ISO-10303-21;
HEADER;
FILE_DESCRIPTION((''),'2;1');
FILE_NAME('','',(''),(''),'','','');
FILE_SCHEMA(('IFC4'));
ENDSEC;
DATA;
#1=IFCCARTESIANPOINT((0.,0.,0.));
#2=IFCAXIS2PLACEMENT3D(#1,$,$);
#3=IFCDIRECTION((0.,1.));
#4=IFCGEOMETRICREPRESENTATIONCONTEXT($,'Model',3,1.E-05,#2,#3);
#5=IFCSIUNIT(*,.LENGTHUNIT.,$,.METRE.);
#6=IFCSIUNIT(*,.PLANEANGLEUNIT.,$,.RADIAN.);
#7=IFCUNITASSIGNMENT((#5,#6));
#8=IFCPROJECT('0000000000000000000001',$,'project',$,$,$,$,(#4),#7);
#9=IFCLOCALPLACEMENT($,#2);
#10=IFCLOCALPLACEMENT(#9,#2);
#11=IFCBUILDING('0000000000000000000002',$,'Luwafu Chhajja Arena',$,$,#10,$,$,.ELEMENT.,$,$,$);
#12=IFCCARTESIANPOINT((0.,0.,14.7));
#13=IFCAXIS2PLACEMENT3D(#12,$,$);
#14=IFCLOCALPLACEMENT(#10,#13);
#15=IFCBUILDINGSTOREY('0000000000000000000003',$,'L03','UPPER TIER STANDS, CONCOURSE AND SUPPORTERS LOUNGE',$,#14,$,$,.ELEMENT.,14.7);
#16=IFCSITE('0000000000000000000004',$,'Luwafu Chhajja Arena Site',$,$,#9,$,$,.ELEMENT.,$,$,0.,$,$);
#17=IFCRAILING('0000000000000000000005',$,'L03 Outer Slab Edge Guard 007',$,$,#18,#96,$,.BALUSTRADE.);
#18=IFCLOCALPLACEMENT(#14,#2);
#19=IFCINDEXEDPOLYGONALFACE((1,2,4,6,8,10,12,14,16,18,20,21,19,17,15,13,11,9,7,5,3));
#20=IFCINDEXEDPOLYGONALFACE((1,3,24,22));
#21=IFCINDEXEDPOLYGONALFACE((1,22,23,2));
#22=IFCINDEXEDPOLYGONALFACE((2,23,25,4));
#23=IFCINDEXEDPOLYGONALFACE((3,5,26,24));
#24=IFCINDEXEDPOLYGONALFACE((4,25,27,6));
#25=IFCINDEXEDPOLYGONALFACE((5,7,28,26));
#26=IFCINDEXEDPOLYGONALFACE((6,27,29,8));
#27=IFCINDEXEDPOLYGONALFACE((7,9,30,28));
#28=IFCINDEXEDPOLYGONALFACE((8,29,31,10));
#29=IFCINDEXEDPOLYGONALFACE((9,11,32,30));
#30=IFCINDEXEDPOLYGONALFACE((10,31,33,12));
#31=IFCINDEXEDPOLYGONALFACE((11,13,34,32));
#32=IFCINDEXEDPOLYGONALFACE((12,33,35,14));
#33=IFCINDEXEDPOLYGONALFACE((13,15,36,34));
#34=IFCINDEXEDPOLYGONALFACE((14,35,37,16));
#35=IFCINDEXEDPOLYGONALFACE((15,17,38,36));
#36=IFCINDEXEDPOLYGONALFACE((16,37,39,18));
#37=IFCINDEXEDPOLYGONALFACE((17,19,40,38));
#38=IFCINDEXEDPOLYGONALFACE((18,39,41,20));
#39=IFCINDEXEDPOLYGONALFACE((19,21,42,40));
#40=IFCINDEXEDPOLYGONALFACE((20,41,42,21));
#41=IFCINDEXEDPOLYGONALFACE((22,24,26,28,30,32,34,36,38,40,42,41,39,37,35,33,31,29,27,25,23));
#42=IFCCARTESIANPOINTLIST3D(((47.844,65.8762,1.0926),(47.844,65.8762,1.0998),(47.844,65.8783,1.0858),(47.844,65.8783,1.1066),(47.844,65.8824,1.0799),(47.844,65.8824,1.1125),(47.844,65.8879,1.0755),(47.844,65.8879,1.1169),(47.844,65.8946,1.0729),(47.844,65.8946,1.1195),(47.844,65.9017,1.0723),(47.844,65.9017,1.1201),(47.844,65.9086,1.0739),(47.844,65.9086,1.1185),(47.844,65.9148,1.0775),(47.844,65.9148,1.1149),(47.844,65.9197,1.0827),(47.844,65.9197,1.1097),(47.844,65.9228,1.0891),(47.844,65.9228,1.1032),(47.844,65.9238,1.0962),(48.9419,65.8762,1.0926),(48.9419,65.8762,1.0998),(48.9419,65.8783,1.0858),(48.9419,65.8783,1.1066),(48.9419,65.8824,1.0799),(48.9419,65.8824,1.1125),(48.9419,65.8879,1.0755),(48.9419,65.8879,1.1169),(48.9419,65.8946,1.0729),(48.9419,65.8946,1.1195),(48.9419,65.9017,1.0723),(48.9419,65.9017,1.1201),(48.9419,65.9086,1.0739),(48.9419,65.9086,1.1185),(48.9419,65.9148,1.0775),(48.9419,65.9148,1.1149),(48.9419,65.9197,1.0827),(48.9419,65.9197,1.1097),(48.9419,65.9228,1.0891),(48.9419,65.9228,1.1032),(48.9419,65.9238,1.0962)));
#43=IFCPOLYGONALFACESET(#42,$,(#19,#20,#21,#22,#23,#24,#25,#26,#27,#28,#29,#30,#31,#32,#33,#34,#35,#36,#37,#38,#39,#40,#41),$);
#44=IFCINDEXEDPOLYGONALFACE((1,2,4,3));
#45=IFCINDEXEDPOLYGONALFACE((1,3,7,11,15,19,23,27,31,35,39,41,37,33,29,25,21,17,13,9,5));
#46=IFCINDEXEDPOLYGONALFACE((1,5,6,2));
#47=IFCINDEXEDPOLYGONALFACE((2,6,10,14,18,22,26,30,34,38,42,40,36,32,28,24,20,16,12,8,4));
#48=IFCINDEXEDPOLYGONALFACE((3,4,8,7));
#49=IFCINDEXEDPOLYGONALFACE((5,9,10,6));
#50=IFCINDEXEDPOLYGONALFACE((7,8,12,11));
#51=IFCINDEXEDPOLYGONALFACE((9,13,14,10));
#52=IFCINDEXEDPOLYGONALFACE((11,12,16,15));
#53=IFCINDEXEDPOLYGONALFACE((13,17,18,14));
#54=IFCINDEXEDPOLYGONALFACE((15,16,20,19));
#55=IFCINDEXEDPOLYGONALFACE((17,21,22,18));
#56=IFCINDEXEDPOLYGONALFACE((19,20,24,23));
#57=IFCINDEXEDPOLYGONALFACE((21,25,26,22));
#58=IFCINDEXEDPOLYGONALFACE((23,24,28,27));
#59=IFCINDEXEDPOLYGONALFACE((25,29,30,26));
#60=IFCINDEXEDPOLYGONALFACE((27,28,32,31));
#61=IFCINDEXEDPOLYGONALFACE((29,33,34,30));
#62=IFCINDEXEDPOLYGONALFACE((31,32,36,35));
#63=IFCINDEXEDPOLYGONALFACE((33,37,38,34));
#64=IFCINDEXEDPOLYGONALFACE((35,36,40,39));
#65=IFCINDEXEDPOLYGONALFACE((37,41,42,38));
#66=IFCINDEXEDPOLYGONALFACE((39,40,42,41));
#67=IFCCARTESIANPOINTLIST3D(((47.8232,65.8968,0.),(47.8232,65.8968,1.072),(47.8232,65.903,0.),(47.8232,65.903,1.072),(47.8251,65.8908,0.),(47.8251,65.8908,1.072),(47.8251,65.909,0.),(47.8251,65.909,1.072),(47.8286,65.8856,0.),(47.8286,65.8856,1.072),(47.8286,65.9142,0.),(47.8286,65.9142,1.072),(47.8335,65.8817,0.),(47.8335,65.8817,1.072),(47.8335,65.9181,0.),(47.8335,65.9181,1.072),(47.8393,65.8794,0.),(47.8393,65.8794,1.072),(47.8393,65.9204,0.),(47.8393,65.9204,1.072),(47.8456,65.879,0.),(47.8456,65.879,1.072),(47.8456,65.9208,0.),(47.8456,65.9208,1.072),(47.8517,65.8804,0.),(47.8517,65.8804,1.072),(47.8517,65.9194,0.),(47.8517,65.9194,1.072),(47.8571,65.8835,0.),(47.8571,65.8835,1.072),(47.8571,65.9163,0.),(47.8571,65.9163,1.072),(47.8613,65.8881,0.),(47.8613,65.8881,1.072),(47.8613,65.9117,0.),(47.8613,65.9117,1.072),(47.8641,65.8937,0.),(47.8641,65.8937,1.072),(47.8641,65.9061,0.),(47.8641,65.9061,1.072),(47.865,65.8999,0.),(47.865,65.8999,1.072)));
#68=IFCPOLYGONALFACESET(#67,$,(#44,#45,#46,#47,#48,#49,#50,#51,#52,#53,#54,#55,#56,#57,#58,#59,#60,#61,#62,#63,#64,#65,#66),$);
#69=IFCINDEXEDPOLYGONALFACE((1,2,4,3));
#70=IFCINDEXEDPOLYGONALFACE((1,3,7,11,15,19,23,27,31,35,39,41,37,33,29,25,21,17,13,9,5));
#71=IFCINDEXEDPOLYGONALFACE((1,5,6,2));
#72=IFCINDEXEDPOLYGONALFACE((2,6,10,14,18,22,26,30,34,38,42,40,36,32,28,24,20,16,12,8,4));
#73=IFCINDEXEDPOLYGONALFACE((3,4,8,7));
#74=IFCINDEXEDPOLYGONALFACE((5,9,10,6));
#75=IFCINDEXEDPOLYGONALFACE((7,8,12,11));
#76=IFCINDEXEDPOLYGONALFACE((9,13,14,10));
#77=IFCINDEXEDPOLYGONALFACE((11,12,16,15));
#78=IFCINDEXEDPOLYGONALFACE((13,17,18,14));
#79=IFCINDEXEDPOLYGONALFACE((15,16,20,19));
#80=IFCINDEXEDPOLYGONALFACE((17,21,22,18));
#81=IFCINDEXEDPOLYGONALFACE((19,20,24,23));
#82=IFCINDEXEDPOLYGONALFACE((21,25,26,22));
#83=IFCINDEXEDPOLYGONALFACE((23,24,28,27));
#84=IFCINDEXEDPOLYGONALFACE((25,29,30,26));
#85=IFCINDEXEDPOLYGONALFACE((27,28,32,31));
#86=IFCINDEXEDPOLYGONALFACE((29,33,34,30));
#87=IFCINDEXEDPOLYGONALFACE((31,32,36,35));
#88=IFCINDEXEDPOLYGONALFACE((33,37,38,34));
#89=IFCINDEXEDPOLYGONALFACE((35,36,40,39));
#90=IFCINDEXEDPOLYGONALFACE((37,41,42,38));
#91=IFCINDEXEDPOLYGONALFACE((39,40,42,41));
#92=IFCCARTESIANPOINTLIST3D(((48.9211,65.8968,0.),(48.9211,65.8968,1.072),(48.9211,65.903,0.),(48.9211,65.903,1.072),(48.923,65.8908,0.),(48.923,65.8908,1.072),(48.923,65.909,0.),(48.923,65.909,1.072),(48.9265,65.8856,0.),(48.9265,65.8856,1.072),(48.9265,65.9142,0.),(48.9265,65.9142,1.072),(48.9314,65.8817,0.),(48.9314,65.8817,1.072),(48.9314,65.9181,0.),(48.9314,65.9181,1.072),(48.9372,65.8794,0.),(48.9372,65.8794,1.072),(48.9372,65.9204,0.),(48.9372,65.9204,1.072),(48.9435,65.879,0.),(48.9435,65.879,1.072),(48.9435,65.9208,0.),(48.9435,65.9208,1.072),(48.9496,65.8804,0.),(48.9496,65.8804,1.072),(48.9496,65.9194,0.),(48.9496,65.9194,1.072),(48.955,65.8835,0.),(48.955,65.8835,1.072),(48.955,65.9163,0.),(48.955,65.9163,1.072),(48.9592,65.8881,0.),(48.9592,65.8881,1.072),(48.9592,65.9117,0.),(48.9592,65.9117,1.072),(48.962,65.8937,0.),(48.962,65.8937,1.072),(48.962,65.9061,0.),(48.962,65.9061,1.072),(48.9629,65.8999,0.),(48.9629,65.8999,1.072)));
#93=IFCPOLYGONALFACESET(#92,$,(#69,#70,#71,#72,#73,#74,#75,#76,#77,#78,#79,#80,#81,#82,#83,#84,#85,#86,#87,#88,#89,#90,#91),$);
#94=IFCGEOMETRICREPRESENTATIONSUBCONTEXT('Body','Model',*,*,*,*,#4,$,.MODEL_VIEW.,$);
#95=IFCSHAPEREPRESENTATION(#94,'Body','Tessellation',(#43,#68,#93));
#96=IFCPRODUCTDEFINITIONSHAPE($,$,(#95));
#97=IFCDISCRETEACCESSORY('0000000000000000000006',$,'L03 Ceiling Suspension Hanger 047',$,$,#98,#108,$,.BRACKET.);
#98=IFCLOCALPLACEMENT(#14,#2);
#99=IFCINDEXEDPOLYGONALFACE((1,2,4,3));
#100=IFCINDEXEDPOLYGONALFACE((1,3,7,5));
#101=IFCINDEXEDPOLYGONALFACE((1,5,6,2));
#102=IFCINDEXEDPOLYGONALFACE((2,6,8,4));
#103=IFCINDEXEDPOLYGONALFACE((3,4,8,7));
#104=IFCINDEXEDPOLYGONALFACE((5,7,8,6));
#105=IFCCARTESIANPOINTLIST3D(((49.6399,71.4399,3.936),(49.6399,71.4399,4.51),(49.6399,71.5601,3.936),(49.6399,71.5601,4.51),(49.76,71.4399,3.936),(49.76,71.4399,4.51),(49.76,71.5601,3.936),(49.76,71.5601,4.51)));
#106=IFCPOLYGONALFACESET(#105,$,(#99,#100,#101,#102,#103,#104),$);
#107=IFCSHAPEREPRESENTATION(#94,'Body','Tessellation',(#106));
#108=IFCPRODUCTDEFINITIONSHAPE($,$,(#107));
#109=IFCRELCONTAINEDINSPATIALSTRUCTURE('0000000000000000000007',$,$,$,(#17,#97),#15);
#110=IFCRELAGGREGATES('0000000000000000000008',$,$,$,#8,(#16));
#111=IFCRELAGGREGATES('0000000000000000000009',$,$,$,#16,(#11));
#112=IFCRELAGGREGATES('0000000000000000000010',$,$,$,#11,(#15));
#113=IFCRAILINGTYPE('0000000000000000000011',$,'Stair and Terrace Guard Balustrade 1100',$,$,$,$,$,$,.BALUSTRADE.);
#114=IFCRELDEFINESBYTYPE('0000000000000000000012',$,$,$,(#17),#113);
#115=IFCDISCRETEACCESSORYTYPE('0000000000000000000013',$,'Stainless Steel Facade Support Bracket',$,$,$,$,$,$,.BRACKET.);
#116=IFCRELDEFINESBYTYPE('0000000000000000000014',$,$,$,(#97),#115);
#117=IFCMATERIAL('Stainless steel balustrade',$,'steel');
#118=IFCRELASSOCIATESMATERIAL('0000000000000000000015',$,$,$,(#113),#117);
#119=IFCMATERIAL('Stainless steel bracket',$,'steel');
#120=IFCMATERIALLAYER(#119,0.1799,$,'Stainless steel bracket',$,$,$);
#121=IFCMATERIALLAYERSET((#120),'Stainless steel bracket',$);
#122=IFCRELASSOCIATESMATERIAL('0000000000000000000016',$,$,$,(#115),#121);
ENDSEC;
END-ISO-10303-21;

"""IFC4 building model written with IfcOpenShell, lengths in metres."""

from ifc_helpers import new_model, si_unit, direction, frame, origin, origin_2d, place, context, subcontext, project, spatial, rectangle, circle, extrude, material, layer, layer_set, type_object, element, save


model = new_model("IFC4")

# Units and contexts
model_context = context("Model", 3, precision=1e-05, world=origin(), true_north=direction((0.0, 1.0)))
body_context = subcontext(model_context, "Body", "Model", "MODEL_VIEW")
ifc_project = project(units=[si_unit("LENGTHUNIT", "METRE"), si_unit("PLANEANGLEUNIT", "RADIAN")], contexts=[model_context])

# Site, building, storey
site_placement = place(None, origin())
site = spatial("IfcSite", under=ifc_project, at=site_placement, Name="Luwafu Chhajja Arena Site", CompositionType="ELEMENT", RefElevation=0.0)
building_placement = place(site_placement, origin())
building = spatial("IfcBuilding", under=site, at=building_placement, Name="Luwafu Chhajja Arena", CompositionType="ELEMENT")
storey_placement = place(building_placement, frame((0.0, 0.0, 14.7)))
storey = spatial("IfcBuildingStorey", under=building, at=storey_placement, Name="L03", Description="UPPER TIER STANDS, CONCOURSE AND SUPPORTERS LOUNGE", CompositionType="ELEMENT", Elevation=14.7)

# Shared definitions
ifc_material_1 = material(Name="Stainless steel balustrade", Category="steel")

# Railing
railing_type_1 = type_object("IfcRailingType", Name="Stair and Terrace Guard Balustrade 1100", PredefinedType="BALUSTRADE", material=ifc_material_1)
railing_1_placement = place(storey_placement, frame((47.844, 65.8999, 0.0)))
element("IfcRailing", 1, at=railing_1_placement, inside=storey, type_object=railing_type_1, Name="L03 Outer Slab Edge Guard 007", PredefinedType="BALUSTRADE", context=body_context, shape_type="SweptSolid", body=[
    extrude(circle(Radius=0.0239, at=origin_2d()), frame((0.0, 0.0, 1.0962), z_axis=(1.0, 0.0, 0.0), x_axis=(0.0, 1.0, 0.0)), (0.0, 0.0, 1.0), 1.0979),
    extrude(circle(Radius=0.021, at=origin_2d()), origin(), (0.0, 0.0, 1.0), 1.072),
    extrude(circle(Radius=0.021, at=origin_2d()), frame((1.0979, 0.0, 0.0)), (0.0, 0.0, 1.0), 1.072),
])

# Discrete accessory
ifc_material_2 = material(Name="Stainless steel bracket", Category="steel")
ifc_layer_1 = layer(ifc_material_2, 0.1799, Name="Stainless steel bracket")
ifc_layer_set_1 = layer_set([ifc_layer_1], Name="Stainless steel bracket")
discrete_accessory_type = type_object("IfcDiscreteAccessoryType", Name="Stainless Steel Facade Support Bracket", PredefinedType="BRACKET", material=ifc_layer_set_1)
discrete_accessory_placement = place(storey_placement, frame((49.7, 71.5, 3.936), z_axis=(0.0, 0.0, 1.0), x_axis=(1.0, 0.0, 0.0)))
element("IfcDiscreteAccessory", 2, at=discrete_accessory_placement, inside=storey, type_object=discrete_accessory_type, Name="L03 Ceiling Suspension Hanger 047", PredefinedType="BRACKET", context=body_context, shape_type="SweptSolid", body=[
    extrude(rectangle(XDim=0.1201, YDim=0.1201, at=origin_2d()), origin(), (0.0, 0.0, 1.0), 0.574),
])

save(model, "model.ifc")
